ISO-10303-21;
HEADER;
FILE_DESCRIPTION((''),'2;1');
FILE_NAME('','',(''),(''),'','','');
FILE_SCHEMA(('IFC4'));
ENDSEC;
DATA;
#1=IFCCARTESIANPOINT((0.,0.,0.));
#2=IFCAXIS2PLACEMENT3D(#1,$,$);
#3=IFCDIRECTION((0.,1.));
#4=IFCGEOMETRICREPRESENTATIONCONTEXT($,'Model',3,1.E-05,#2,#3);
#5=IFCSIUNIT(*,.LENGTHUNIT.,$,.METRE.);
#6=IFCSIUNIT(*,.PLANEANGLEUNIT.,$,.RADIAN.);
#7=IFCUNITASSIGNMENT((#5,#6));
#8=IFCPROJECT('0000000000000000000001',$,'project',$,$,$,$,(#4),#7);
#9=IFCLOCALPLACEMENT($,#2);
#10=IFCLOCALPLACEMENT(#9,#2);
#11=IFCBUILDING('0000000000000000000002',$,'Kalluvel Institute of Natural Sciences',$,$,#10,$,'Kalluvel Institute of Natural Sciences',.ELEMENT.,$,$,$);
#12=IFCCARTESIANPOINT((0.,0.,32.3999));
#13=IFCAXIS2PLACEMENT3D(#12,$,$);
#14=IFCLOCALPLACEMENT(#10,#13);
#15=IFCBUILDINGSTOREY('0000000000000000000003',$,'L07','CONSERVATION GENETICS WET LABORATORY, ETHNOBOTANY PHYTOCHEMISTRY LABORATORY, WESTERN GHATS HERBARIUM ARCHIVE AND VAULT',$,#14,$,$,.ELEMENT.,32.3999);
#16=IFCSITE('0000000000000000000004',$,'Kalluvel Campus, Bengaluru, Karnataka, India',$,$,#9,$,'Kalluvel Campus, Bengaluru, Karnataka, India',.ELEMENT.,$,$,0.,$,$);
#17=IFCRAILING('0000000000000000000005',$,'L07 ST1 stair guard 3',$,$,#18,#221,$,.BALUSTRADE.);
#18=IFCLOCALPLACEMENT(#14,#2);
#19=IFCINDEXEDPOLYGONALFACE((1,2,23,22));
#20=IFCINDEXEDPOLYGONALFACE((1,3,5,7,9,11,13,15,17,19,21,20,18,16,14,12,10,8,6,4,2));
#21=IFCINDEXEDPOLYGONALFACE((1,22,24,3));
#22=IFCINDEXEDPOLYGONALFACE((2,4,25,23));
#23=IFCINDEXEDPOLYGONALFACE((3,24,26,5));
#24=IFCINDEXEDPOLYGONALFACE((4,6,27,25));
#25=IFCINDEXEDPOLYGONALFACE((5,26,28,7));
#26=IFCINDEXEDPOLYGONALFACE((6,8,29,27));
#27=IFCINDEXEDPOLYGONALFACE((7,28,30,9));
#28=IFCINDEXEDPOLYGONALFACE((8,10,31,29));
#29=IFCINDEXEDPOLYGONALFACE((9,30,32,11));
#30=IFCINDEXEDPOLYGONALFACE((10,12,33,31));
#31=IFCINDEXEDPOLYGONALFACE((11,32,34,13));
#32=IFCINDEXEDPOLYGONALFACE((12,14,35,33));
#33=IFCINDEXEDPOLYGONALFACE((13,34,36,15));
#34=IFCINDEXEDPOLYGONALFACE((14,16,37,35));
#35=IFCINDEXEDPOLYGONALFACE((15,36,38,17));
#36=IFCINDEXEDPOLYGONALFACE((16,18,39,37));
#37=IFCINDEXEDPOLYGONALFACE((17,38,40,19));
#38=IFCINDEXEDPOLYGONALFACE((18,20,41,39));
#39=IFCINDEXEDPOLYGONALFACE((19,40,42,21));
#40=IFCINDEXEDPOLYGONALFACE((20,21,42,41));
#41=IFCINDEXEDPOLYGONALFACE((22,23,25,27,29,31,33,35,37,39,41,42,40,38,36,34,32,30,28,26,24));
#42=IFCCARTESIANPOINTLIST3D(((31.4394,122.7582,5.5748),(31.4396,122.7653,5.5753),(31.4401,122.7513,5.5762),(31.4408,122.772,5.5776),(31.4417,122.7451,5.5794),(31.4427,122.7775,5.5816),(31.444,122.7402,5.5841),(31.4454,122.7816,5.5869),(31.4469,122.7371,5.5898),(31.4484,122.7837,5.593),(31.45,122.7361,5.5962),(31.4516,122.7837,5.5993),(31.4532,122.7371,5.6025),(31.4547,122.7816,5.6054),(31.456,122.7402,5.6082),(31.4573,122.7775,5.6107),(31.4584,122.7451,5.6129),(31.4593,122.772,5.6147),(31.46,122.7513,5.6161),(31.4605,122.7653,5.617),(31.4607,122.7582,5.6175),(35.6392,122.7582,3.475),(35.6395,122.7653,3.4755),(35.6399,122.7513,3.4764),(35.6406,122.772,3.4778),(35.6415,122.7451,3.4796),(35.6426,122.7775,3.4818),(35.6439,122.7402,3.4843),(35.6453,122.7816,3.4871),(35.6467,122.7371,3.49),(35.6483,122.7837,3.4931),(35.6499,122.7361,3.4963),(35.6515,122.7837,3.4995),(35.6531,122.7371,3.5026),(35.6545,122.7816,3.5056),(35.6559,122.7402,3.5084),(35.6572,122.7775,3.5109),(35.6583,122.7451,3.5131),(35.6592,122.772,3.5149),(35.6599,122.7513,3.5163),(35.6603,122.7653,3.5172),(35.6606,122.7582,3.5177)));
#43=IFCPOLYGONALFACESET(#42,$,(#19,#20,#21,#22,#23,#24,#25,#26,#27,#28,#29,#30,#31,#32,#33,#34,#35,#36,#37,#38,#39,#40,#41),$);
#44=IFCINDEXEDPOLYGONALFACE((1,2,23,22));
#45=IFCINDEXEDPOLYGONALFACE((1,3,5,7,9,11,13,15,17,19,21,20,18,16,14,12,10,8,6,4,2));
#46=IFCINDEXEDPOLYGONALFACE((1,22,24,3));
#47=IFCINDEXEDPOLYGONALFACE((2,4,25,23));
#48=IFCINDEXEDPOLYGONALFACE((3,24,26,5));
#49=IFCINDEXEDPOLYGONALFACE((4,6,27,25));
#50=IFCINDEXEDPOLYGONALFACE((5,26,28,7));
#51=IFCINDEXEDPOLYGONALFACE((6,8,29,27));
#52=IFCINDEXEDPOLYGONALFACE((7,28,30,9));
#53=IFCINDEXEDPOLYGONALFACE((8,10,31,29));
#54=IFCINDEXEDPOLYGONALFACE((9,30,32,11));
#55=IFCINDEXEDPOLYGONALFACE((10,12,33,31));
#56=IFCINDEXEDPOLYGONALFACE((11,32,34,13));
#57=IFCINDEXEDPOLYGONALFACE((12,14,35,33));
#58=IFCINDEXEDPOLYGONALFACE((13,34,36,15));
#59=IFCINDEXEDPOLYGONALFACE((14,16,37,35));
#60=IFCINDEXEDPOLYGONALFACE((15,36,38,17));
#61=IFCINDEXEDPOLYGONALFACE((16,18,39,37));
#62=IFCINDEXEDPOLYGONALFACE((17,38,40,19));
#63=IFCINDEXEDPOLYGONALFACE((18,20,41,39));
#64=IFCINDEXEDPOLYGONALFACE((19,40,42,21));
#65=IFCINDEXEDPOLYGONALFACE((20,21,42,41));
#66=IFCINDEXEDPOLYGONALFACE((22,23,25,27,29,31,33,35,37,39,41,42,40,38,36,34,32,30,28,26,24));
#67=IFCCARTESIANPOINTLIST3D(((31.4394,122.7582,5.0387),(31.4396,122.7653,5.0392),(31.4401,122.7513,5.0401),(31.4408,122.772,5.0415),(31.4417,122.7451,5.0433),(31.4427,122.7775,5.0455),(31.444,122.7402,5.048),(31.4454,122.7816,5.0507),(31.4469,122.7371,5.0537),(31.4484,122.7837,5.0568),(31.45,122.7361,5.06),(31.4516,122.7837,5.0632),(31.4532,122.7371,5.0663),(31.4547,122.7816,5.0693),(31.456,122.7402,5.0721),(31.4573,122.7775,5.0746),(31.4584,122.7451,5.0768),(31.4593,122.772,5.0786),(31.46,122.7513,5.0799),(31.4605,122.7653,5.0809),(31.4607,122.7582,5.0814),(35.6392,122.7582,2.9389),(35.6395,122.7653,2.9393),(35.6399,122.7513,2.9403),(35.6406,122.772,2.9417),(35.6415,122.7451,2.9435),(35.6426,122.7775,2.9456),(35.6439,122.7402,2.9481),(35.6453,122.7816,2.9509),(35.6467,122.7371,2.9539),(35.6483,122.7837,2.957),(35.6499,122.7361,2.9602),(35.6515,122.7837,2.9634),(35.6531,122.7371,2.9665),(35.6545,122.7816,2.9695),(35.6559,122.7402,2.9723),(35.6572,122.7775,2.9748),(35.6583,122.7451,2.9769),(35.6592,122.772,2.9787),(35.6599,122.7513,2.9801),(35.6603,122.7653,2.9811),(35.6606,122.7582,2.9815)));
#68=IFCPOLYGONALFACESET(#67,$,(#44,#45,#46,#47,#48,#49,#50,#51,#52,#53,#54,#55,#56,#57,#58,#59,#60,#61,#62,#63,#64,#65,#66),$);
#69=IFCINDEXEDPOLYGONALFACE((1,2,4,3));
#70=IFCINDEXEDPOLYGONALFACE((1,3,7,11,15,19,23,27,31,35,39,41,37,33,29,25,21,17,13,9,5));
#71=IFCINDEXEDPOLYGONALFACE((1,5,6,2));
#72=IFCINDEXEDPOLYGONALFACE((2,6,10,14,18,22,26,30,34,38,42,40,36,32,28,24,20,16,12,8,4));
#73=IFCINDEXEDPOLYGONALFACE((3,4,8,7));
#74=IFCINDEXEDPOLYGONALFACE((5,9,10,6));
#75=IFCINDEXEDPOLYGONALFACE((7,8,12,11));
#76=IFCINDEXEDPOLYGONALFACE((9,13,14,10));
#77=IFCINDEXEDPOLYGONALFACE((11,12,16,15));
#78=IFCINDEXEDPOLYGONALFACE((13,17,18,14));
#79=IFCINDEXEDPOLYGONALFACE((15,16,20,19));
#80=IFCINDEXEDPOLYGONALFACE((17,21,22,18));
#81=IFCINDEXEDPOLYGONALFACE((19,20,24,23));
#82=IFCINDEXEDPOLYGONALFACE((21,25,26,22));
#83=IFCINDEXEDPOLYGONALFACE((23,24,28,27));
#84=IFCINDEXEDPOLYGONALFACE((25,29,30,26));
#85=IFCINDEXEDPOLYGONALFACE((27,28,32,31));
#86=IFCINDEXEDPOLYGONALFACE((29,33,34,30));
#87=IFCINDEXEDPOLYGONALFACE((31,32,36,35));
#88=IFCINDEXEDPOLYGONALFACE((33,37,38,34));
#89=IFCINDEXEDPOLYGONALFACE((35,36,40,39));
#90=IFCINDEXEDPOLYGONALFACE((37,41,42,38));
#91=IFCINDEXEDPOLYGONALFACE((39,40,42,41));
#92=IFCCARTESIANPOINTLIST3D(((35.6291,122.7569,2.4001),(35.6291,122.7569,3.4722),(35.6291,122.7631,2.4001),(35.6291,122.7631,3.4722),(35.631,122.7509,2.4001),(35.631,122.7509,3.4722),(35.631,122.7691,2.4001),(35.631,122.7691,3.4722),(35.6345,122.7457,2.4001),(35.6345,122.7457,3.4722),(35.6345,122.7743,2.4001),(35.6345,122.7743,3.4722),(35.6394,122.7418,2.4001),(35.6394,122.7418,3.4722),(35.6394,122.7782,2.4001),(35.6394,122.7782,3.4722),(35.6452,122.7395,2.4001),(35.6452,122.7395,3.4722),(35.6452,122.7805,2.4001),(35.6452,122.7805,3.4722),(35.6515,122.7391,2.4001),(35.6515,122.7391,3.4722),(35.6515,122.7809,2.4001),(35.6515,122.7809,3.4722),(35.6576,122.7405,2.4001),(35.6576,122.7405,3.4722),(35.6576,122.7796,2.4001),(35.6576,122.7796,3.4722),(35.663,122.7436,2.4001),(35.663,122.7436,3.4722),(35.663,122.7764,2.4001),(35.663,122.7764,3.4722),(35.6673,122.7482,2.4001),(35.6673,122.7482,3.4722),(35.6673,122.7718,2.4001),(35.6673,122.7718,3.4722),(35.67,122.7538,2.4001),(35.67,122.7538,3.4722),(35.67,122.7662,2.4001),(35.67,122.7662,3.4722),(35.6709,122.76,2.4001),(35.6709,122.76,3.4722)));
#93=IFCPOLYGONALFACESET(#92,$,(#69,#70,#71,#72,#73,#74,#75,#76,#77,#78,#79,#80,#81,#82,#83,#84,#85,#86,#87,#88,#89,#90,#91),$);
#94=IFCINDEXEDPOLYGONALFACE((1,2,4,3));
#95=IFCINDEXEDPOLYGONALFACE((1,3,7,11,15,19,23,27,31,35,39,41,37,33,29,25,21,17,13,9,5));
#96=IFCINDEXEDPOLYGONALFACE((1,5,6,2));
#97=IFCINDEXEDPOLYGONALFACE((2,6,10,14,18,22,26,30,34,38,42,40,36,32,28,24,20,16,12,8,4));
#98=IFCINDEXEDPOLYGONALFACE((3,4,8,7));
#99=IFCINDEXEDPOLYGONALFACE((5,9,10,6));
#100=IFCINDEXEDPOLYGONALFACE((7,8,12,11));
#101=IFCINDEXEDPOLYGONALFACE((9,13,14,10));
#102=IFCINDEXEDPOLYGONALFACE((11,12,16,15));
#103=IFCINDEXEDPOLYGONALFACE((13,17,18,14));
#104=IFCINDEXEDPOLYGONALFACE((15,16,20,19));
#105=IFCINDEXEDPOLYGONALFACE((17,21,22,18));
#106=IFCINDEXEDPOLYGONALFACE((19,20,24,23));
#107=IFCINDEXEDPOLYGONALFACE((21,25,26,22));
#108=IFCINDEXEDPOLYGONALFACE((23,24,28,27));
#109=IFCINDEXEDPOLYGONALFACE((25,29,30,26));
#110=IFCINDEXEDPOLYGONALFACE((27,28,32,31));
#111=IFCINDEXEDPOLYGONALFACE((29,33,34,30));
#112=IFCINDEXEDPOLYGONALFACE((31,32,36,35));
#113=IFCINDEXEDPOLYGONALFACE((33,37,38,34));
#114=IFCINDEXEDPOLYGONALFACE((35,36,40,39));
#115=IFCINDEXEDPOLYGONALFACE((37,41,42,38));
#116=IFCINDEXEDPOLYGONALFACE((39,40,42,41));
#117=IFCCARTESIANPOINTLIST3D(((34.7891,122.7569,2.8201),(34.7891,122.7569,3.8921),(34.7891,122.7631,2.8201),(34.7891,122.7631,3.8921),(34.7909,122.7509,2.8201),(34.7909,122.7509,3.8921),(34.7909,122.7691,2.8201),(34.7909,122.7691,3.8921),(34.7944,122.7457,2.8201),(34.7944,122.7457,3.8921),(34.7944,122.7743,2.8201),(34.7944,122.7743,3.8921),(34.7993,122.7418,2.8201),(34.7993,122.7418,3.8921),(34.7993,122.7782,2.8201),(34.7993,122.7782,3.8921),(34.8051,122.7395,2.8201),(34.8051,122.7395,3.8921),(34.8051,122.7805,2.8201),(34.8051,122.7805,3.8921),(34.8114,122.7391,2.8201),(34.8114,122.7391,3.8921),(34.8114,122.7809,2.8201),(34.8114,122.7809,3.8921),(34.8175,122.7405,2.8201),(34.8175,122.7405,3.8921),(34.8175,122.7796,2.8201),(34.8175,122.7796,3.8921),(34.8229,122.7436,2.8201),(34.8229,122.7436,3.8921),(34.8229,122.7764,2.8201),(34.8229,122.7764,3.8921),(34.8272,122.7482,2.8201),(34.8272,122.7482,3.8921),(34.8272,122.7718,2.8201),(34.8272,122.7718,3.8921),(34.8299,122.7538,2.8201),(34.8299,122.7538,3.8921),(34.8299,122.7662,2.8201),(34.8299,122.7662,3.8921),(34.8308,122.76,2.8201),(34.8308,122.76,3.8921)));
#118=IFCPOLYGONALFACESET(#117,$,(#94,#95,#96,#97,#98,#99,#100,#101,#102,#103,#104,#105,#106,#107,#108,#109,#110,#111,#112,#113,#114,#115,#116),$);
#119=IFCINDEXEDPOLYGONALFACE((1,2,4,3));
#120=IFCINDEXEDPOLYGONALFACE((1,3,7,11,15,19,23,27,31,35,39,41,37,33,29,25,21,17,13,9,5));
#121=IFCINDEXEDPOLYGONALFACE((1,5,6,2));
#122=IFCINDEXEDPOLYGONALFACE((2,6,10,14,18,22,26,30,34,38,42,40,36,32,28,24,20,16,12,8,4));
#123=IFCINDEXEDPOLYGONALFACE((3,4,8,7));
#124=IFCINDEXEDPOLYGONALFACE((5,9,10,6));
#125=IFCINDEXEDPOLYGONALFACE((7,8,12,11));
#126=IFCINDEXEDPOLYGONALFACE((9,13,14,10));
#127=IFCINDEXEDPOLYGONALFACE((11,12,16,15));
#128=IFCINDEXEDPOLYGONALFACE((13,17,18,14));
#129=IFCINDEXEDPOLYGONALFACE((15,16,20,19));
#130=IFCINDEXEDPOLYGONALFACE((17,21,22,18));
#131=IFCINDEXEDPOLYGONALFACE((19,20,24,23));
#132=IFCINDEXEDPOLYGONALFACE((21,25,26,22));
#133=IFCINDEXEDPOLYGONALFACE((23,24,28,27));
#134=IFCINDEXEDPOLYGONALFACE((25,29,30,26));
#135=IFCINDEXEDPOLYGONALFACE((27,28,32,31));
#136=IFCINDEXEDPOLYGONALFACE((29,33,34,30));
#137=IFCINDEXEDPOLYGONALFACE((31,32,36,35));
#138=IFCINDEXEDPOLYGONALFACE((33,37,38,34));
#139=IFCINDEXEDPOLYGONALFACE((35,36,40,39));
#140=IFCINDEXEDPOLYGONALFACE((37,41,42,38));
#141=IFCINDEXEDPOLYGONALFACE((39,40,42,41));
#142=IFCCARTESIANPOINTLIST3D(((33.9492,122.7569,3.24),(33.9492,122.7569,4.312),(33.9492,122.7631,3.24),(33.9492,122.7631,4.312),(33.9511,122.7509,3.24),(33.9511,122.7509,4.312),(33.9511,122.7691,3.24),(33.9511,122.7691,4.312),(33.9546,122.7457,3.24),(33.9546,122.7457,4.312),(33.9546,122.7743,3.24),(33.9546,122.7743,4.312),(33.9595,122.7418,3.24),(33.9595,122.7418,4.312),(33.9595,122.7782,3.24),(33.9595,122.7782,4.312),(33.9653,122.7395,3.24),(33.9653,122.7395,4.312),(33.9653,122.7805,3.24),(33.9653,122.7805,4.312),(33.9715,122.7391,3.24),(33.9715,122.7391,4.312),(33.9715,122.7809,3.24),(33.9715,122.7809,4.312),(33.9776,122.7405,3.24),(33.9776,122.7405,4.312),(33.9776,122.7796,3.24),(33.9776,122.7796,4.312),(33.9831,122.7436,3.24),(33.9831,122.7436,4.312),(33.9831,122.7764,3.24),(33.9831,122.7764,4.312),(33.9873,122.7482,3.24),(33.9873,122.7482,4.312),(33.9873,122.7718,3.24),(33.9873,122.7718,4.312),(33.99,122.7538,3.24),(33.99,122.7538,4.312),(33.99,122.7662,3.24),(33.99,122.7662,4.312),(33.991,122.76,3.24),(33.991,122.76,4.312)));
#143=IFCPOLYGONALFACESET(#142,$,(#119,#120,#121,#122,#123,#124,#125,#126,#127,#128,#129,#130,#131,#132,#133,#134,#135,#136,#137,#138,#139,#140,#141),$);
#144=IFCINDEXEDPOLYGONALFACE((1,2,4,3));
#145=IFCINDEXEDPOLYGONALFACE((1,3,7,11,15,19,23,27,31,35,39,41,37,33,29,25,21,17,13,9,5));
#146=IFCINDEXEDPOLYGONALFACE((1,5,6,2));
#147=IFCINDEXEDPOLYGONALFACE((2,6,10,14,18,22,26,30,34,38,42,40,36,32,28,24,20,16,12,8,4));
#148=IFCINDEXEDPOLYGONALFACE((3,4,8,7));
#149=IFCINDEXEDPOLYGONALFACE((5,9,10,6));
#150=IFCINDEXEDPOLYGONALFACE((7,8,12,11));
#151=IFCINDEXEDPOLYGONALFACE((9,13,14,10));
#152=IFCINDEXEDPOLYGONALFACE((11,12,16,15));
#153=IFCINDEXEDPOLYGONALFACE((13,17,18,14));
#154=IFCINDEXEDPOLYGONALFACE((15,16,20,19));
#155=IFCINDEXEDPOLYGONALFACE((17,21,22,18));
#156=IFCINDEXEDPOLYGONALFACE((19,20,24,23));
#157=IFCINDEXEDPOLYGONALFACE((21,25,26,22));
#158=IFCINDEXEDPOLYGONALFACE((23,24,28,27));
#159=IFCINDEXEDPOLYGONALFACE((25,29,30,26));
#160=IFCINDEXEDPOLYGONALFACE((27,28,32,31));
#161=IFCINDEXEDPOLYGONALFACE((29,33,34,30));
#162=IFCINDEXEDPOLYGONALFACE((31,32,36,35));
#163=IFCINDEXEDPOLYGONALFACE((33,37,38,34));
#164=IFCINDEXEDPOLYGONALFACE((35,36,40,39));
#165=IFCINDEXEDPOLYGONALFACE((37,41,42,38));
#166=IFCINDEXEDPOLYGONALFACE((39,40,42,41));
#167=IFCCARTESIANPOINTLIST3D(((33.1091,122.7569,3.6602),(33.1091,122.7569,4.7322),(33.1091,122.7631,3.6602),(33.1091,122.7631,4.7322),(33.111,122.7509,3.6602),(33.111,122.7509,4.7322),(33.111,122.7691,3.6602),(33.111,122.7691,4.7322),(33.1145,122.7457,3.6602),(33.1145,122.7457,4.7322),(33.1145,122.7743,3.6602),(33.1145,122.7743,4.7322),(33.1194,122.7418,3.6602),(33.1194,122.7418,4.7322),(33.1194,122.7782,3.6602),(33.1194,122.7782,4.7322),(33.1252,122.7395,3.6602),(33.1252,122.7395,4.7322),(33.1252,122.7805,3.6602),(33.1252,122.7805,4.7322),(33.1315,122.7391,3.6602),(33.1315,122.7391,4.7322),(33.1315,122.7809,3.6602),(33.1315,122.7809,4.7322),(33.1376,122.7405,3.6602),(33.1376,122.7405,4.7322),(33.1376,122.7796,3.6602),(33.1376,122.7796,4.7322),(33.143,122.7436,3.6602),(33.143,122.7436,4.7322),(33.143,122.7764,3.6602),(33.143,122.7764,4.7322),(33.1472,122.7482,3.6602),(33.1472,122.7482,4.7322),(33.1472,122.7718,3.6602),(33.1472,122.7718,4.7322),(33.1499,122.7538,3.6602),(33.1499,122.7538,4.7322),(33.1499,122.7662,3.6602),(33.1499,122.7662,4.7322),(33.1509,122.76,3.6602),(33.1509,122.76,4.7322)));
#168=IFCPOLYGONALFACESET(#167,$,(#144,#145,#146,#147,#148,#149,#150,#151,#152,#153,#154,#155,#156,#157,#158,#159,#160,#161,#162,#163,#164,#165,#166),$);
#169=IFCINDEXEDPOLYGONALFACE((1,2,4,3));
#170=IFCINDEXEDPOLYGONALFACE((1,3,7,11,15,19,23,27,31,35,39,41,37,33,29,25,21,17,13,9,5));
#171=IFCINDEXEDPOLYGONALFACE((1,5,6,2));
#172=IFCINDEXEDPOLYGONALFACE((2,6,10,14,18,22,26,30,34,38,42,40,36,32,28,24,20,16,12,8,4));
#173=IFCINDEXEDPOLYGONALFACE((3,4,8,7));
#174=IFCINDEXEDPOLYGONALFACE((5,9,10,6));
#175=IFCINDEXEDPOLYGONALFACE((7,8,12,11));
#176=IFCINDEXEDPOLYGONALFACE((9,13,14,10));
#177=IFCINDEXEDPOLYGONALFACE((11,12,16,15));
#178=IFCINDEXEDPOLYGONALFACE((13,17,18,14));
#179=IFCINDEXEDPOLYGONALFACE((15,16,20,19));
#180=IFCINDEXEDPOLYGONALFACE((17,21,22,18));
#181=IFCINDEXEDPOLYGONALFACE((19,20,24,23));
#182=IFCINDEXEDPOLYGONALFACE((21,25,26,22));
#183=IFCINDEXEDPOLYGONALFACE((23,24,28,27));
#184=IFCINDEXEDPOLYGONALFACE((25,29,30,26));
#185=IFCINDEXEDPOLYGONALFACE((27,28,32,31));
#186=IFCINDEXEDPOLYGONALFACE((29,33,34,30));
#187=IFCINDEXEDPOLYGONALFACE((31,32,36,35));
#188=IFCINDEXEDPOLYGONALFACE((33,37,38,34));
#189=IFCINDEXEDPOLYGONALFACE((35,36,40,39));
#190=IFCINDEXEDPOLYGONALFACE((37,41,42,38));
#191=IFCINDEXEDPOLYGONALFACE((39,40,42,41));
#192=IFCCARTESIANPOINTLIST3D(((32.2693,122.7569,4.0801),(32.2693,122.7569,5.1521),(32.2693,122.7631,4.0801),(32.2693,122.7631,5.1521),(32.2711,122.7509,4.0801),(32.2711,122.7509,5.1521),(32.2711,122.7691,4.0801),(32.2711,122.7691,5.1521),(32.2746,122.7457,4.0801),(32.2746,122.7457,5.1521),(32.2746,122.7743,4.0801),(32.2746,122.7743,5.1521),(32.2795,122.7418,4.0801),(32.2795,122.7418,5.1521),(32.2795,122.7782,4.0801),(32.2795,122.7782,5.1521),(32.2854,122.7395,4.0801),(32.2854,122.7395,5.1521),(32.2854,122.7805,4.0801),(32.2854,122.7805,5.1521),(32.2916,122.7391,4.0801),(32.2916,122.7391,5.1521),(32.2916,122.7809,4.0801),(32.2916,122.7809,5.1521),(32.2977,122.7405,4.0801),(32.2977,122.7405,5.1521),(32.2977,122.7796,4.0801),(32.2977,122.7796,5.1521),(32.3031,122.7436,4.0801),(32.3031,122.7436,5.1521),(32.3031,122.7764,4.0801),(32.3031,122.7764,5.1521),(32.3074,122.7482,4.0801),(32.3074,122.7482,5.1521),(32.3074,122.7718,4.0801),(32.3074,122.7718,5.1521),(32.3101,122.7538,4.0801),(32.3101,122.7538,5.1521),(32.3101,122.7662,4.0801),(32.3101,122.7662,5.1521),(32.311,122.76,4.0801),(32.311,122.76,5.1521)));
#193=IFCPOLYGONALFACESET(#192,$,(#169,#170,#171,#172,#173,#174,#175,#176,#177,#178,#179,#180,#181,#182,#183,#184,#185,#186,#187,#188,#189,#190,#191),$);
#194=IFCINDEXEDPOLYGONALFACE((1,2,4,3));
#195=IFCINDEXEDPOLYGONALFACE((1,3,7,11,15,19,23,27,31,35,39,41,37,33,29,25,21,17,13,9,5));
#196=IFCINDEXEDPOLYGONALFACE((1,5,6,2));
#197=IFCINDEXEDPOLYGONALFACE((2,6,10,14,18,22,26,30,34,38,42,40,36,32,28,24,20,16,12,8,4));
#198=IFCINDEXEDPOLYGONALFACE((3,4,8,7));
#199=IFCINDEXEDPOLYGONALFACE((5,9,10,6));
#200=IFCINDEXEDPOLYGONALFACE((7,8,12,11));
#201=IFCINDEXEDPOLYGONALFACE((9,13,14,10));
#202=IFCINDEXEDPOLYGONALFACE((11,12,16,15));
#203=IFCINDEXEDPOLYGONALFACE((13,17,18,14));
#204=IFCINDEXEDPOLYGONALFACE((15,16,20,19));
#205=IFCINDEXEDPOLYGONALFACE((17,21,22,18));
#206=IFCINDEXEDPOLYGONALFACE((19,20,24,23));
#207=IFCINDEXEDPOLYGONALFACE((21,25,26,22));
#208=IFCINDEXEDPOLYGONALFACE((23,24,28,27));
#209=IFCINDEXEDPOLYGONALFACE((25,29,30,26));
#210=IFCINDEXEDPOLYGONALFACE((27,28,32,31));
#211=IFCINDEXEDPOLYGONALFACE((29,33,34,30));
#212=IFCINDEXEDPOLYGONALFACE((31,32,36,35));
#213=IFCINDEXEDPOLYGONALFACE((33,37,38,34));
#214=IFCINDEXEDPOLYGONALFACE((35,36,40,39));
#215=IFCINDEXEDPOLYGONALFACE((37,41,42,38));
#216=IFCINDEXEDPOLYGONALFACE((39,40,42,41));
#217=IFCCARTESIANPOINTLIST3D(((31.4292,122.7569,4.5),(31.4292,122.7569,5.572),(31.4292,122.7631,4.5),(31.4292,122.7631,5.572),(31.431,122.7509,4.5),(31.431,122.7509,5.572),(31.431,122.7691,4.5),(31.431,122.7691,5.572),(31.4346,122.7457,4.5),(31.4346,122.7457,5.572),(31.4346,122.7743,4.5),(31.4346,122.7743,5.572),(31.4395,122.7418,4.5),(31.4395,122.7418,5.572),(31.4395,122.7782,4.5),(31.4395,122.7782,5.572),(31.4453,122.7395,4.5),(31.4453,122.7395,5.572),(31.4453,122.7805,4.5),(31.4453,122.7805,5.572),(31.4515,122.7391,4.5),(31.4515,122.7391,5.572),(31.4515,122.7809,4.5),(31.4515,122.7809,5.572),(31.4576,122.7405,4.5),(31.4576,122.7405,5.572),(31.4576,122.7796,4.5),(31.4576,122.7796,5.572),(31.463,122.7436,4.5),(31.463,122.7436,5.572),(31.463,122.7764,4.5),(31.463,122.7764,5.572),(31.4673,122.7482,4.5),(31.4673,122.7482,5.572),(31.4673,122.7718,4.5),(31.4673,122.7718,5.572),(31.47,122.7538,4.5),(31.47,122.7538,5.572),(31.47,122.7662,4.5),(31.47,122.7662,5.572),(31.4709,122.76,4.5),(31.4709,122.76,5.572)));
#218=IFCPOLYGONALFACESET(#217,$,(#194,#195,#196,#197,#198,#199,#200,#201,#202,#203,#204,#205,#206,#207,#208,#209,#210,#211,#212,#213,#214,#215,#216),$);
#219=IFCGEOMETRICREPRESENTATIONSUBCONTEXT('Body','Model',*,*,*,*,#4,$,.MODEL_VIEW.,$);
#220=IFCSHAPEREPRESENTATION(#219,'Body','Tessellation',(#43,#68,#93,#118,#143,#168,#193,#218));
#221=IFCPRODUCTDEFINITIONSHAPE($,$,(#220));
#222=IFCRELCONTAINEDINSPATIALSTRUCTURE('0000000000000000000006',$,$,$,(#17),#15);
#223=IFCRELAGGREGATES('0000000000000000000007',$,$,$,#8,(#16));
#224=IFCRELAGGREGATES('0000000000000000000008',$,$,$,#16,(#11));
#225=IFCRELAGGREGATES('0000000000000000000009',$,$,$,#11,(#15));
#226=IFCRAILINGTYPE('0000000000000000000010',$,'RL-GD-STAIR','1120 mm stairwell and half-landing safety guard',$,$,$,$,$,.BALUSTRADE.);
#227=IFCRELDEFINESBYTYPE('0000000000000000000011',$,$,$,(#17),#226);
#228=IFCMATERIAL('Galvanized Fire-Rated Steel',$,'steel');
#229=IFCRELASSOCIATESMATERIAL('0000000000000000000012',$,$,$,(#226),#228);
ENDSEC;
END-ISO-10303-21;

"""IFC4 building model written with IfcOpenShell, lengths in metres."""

from ifc_helpers import new_model, si_unit, direction, frame, origin, origin_2d, place, context, subcontext, project, spatial, circle, extrude, material, type_object, element, save


model = new_model("IFC4")

# Units and contexts
model_context = context("Model", 3, precision=1e-05, world=origin(), true_north=direction((0.0, 1.0)))
body_context = subcontext(model_context, "Body", "Model", "MODEL_VIEW")
ifc_project = project(units=[si_unit("LENGTHUNIT", "METRE"), si_unit("PLANEANGLEUNIT", "RADIAN")], contexts=[model_context])

# Site, building, storey
site_placement = place(None, origin())
site = spatial("IfcSite", under=ifc_project, at=site_placement, Name="Kalluvel Campus, Bengaluru, Karnataka, India", LongName="Kalluvel Campus, Bengaluru, Karnataka, India", CompositionType="ELEMENT", RefElevation=0.0)
building_placement = place(site_placement, origin())
building = spatial("IfcBuilding", under=site, at=building_placement, Name="Kalluvel Institute of Natural Sciences", LongName="Kalluvel Institute of Natural Sciences", CompositionType="ELEMENT")
storey_placement = place(building_placement, frame((0.0, 0.0, 32.3999)))
storey = spatial("IfcBuildingStorey", under=building, at=storey_placement, Name="L07", Description="CONSERVATION GENETICS WET LABORATORY, ETHNOBOTANY PHYTOCHEMISTRY LABORATORY, WESTERN GHATS HERBARIUM ARCHIVE AND VAULT", CompositionType="ELEMENT", Elevation=32.3999)

# Shared definitions
ifc_material_1 = material(Name="Galvanized Fire-Rated Steel", Category="steel")

# Railing
railing_type_1 = type_object("IfcRailingType", Name="RL-GD-STAIR", Description="1120 mm stairwell and half-landing safety guard", PredefinedType="BALUSTRADE", material=ifc_material_1)
railing_1_placement = place(storey_placement, frame((35.6499, 122.76, 2.4001)))
element("IfcRailing", 1, at=railing_1_placement, inside=storey, type_object=railing_type_1, Name="L07 ST1 stair guard 3", PredefinedType="BALUSTRADE", context=body_context, shape_type="SweptSolid", body=[
    extrude(circle(Radius=0.0239, at=origin_2d()), frame((0.0, 0.0, 1.0962), z_axis=(-0.894438, 0.0, 0.447193), x_axis=(0.0, -1.0, 0.0)), (0.0, 0.0, 1.0), 4.6956),
    extrude(circle(Radius=0.0239, at=origin_2d()), frame((0.0, 0.0, 0.5601), z_axis=(-0.894438, 0.0, 0.447193), x_axis=(0.0, -1.0, 0.0)), (0.0, 0.0, 1.0), 4.6956),
    extrude(circle(Radius=0.021, at=origin_2d()), origin(), (0.0, 0.0, 1.0), 1.072),
    extrude(circle(Radius=0.021, at=origin_2d()), frame((-0.8401, 0.0, 0.4199)), (0.0, 0.0, 1.0), 1.072),
    extrude(circle(Radius=0.021, at=origin_2d()), frame((-1.6799, 0.0, 0.8398)), (0.0, 0.0, 1.0), 1.072),
    extrude(circle(Radius=0.021, at=origin_2d()), frame((-2.52, 0.0, 1.26)), (0.0, 0.0, 1.0), 1.072),
    extrude(circle(Radius=0.021, at=origin_2d()), frame((-3.3599, 0.0, 1.6799)), (0.0, 0.0, 1.0), 1.072),
    extrude(circle(Radius=0.021, at=origin_2d()), frame((-4.2, 0.0, 2.0999)), (0.0, 0.0, 1.0), 1.072),
])

save(model, "model.ifc")
